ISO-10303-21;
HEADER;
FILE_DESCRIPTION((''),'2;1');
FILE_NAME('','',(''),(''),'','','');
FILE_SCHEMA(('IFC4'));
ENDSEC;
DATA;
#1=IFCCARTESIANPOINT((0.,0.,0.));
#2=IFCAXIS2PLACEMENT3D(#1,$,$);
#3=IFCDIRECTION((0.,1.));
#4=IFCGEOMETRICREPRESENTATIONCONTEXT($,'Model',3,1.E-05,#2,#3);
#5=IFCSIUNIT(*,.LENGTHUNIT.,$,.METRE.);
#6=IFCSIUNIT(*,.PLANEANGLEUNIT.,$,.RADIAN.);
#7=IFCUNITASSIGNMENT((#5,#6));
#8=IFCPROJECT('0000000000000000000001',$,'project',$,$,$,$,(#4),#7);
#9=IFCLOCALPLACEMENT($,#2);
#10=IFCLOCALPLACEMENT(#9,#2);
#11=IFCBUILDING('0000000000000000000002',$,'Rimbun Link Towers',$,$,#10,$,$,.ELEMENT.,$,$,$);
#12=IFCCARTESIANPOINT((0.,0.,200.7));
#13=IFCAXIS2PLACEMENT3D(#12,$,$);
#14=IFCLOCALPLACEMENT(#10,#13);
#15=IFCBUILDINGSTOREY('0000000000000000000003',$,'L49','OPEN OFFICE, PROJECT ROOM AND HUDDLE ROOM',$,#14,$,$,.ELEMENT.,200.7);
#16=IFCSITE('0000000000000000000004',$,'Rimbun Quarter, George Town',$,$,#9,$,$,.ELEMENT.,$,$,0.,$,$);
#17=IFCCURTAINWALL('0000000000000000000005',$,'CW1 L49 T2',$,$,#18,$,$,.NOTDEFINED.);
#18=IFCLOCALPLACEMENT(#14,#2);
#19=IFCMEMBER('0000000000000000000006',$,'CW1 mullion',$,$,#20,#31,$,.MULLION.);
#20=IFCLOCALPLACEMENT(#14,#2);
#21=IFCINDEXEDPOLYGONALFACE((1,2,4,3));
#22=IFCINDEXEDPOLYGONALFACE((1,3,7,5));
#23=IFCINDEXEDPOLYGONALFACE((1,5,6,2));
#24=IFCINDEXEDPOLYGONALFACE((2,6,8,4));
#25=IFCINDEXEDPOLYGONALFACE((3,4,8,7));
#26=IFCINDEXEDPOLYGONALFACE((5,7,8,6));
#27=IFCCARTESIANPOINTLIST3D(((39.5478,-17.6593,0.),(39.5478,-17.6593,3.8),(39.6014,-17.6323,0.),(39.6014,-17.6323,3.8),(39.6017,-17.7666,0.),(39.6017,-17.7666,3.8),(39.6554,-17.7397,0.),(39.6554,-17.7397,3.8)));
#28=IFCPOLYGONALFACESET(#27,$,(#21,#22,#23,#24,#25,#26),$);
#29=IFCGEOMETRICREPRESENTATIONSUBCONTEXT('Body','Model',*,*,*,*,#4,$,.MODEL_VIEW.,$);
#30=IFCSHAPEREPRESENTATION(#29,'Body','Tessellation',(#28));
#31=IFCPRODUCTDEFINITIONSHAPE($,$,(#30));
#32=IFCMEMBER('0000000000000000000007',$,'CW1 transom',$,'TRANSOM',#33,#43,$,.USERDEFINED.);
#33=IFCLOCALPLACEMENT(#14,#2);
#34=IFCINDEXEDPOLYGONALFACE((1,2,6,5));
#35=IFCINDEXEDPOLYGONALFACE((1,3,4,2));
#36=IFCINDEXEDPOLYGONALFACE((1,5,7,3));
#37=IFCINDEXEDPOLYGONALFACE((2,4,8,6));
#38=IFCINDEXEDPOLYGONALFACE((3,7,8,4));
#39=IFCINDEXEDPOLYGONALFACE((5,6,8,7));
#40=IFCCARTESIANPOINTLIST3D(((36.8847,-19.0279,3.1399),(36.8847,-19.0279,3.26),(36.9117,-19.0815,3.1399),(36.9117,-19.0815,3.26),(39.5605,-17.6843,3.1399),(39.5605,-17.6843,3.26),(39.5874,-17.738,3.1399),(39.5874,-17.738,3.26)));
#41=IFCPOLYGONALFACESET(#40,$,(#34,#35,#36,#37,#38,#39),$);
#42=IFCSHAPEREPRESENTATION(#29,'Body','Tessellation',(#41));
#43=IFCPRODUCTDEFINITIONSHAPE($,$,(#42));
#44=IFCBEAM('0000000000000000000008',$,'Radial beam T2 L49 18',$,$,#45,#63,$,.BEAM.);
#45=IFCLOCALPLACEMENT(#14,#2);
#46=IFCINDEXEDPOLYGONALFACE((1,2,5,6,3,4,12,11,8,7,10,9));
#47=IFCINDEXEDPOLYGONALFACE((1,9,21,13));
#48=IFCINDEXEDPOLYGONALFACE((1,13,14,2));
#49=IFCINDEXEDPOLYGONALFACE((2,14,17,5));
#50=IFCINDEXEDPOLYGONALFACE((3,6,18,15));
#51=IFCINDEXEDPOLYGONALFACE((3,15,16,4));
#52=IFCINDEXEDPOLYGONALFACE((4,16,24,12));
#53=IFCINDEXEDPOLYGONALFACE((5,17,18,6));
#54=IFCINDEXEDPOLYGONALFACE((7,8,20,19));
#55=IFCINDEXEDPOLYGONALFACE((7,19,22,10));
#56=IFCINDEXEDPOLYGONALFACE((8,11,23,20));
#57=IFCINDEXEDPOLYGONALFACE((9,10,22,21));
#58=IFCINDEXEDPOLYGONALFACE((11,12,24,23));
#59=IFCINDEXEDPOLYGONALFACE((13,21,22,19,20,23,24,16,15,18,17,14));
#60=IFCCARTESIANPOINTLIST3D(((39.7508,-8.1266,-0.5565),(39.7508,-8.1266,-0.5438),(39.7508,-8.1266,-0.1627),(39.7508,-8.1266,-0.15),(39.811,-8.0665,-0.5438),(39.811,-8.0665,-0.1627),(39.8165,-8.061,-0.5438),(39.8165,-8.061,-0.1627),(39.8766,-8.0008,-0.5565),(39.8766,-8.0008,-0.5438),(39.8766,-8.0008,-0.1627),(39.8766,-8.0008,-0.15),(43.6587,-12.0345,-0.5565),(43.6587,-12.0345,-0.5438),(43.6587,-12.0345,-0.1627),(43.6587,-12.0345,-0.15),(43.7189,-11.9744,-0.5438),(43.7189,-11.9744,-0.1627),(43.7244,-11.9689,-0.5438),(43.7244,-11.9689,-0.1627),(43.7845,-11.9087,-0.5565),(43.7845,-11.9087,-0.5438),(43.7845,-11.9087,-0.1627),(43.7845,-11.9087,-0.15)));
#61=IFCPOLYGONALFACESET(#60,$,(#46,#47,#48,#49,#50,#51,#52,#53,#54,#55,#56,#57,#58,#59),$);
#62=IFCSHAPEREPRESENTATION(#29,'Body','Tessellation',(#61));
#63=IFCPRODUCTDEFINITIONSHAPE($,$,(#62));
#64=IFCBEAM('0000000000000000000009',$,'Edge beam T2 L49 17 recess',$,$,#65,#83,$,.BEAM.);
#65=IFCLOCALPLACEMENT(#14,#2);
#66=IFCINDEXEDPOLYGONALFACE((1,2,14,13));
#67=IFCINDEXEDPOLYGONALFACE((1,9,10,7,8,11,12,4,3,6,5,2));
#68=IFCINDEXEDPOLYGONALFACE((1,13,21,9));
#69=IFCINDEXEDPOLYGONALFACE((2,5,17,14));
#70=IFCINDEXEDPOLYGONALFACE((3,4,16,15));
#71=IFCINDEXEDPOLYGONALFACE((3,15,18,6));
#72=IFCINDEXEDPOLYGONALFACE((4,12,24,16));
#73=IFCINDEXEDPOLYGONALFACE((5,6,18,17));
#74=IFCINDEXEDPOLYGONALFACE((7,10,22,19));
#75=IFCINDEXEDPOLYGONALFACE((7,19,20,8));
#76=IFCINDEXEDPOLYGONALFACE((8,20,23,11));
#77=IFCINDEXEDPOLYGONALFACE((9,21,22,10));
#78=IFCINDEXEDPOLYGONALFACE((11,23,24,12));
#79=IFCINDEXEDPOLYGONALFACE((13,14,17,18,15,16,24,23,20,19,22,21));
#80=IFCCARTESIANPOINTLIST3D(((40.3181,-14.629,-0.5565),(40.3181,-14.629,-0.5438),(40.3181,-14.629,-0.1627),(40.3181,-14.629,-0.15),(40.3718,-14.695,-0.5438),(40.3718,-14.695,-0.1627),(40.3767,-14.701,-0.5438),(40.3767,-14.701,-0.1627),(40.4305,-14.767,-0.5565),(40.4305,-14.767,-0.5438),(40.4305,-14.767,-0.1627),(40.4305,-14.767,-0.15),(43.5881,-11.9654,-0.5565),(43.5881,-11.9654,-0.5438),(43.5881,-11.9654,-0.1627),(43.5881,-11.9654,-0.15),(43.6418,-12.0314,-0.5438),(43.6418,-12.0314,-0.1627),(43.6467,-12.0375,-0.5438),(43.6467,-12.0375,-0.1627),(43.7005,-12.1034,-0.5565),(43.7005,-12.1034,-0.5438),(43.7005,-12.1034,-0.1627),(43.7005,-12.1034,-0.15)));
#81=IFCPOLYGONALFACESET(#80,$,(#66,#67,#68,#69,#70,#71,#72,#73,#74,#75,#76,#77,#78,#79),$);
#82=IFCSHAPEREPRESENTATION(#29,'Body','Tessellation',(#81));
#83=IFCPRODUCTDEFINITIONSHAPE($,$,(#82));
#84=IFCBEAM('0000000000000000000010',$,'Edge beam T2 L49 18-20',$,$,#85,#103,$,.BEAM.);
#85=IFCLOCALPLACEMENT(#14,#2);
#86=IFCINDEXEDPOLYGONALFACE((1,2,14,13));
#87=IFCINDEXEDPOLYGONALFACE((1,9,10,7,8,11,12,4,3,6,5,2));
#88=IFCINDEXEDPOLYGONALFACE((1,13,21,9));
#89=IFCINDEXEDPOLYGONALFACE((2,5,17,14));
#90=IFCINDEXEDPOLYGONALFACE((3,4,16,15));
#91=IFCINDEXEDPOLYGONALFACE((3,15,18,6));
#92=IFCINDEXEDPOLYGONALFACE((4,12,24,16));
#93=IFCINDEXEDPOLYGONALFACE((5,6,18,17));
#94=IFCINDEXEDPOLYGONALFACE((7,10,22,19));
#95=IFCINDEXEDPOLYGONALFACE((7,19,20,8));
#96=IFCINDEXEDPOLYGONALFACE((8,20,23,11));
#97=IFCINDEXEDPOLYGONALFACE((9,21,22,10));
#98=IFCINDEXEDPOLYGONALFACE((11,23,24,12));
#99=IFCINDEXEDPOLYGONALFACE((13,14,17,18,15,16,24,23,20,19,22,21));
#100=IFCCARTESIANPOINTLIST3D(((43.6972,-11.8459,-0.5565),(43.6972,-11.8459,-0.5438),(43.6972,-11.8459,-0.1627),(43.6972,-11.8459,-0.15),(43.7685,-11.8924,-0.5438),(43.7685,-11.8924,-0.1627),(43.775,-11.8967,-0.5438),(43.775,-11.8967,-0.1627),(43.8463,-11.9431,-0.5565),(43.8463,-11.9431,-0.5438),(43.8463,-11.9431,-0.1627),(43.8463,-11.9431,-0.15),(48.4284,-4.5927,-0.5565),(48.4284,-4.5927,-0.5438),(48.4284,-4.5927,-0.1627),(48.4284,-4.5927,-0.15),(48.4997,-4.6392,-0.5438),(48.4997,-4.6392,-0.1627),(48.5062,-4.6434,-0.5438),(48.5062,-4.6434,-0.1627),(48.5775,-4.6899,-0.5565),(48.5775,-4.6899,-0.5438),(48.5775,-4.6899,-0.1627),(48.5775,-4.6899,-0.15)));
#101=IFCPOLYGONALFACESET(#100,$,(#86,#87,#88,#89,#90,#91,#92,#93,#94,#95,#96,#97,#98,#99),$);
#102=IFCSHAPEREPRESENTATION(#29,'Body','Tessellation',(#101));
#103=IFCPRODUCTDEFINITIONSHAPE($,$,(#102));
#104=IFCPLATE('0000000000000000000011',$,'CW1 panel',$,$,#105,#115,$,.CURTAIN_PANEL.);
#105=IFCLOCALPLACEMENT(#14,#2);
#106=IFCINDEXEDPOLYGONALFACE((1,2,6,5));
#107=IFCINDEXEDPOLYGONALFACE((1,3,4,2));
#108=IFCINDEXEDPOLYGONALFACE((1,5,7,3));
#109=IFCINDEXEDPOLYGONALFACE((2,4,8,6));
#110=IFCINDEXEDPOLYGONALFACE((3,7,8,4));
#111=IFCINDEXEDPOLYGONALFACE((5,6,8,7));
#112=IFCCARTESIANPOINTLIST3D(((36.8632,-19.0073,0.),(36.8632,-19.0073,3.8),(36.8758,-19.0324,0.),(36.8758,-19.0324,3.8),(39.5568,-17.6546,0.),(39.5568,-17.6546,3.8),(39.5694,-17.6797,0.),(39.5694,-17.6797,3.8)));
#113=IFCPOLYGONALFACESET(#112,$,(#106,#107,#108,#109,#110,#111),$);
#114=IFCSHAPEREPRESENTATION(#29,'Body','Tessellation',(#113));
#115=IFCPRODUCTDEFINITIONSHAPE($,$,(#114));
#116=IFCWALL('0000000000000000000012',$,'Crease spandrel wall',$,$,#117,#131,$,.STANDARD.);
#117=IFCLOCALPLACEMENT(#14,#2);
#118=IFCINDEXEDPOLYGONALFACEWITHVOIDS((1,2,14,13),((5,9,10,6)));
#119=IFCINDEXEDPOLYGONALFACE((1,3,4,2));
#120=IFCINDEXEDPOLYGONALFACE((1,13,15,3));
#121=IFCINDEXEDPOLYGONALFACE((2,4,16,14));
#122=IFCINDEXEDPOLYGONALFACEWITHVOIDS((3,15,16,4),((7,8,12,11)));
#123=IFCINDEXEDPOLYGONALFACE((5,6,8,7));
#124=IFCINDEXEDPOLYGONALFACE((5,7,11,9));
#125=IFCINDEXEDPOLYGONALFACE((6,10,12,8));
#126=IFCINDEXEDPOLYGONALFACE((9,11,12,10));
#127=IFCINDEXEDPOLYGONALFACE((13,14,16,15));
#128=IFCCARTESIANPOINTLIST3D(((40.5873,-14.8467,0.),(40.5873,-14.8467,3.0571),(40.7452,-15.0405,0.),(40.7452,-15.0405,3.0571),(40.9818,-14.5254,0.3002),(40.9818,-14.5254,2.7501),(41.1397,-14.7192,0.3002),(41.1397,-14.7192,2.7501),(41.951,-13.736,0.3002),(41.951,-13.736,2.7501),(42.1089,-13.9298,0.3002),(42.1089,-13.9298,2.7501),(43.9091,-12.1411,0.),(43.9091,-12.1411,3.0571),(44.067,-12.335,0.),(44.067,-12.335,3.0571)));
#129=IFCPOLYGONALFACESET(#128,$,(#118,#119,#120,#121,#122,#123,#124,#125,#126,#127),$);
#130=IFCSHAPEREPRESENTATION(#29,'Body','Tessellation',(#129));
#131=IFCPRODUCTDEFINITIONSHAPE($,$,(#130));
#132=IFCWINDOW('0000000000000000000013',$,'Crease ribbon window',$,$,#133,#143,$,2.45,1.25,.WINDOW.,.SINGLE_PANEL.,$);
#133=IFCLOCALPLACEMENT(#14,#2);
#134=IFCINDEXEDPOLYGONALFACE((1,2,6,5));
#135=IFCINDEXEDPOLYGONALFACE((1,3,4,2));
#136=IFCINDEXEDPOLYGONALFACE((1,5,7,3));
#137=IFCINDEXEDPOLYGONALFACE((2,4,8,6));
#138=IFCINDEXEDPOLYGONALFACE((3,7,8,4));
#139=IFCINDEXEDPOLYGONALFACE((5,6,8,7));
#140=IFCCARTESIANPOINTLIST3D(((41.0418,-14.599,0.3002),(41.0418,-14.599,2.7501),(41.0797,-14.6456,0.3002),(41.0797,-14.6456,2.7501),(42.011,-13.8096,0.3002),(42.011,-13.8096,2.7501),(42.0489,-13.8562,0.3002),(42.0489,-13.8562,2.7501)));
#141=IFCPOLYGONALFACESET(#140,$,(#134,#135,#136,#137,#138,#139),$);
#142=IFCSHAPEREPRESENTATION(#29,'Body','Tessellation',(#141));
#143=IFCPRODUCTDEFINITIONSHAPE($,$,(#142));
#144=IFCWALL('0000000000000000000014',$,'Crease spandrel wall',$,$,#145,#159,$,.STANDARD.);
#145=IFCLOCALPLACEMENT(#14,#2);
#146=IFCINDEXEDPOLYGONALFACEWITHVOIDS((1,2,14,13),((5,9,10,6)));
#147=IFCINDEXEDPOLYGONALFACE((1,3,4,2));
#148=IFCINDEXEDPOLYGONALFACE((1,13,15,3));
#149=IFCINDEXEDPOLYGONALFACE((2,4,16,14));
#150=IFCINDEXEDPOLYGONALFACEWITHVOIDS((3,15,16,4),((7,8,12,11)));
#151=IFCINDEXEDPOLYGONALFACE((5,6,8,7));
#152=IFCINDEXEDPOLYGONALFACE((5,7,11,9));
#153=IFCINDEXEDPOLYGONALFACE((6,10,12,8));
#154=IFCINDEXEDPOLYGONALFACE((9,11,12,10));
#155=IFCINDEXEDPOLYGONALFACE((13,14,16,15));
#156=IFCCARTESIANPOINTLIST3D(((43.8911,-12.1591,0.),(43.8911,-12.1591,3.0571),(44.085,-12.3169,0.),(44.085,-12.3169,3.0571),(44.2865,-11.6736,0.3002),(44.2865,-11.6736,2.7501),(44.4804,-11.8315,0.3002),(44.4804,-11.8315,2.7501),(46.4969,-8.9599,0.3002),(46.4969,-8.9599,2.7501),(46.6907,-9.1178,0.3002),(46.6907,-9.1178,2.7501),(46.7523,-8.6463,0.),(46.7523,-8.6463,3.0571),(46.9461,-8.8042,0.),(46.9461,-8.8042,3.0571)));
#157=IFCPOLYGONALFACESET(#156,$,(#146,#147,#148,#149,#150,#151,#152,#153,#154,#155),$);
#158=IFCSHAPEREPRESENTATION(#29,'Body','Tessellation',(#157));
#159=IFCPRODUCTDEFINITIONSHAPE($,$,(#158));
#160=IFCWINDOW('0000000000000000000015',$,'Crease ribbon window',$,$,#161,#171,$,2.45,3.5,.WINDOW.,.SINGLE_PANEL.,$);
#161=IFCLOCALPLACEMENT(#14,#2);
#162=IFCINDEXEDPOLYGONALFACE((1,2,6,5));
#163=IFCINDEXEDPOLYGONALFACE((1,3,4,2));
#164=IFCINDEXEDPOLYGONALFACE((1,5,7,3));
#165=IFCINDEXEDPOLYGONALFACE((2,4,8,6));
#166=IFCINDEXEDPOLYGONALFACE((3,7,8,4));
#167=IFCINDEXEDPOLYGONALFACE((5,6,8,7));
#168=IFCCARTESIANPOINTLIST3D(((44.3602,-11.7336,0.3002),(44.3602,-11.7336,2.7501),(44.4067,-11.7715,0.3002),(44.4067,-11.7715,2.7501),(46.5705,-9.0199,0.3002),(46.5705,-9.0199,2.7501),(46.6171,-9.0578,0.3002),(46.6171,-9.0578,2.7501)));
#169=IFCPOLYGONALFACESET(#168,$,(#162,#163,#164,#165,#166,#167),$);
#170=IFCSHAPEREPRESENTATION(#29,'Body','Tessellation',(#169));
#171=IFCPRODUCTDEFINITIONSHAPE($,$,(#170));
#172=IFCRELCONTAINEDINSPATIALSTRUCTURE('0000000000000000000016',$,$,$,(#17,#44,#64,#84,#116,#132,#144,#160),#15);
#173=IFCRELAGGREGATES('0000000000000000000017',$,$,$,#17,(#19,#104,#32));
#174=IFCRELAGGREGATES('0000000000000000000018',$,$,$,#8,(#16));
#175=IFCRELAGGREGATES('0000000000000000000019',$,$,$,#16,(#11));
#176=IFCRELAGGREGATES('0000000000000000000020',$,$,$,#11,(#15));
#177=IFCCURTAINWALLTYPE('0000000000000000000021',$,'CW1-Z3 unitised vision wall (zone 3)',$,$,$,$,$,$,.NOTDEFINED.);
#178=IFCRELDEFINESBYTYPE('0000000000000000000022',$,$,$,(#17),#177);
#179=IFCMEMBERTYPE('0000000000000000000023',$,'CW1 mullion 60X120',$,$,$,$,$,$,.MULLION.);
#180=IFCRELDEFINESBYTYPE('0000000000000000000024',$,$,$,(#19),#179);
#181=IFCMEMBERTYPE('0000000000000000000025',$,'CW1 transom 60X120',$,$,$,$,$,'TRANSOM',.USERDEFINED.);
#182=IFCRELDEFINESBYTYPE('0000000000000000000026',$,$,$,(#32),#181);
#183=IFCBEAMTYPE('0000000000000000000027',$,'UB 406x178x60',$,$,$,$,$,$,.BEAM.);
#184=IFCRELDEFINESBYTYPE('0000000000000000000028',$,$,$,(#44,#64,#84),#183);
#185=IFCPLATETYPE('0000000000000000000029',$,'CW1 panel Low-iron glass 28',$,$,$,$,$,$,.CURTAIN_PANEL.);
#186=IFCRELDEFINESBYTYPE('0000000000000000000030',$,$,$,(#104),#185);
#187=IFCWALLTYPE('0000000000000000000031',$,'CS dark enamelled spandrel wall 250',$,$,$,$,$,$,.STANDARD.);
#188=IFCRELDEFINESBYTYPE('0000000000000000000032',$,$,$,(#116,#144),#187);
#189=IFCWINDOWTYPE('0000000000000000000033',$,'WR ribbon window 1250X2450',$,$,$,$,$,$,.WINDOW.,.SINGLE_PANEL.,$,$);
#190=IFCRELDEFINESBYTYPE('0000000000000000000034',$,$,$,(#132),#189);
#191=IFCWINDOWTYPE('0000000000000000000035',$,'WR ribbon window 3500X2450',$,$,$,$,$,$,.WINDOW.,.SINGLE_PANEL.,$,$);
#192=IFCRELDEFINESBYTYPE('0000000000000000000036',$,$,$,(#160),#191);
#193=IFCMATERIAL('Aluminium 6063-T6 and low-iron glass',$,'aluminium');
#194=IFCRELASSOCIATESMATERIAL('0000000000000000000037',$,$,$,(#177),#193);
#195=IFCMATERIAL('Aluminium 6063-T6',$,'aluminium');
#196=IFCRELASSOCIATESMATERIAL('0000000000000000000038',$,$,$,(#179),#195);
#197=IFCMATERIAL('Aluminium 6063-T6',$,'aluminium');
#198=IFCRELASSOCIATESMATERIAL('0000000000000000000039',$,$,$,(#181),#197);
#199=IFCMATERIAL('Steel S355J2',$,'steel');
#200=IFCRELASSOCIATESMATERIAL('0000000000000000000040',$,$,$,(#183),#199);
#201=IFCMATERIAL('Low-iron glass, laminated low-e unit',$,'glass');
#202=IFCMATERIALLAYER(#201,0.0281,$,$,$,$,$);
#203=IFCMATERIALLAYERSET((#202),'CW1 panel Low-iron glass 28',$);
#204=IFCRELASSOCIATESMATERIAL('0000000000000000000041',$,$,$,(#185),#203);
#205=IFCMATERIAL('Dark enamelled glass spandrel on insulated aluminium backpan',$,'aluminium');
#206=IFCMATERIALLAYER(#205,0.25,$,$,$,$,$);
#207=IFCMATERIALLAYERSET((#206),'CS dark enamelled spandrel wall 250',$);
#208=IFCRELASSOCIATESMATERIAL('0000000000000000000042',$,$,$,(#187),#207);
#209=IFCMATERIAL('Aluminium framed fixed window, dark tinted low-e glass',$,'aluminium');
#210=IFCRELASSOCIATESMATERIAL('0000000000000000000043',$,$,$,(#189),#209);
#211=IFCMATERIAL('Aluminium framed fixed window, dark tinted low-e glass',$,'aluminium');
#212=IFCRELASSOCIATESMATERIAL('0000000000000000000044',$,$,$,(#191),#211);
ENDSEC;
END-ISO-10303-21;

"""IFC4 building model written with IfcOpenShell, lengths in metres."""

from ifc_helpers import new_model, si_unit, direction, frame, frame_2d, origin, origin_2d, place, context, subcontext, project, spatial, rectangle, i_section, extrude, material, layer, layer_set, material_profile, profile_set, type_object, element, fill, aggregate, save


model = new_model("IFC4")

# Units and contexts
model_context = context("Model", 3, precision=1e-05, world=origin(), true_north=direction((0.0, 1.0)))
body_context = subcontext(model_context, "Body", "Model", "MODEL_VIEW")
ifc_project = project(units=[si_unit("LENGTHUNIT", "METRE"), si_unit("PLANEANGLEUNIT", "RADIAN")], contexts=[model_context])

# Site, building, storey
site_placement = place(None, origin())
site = spatial("IfcSite", under=ifc_project, at=site_placement, Name="Rimbun Quarter, George Town", CompositionType="ELEMENT", RefElevation=0.0)
building_placement = place(site_placement, origin())
building = spatial("IfcBuilding", under=site, at=building_placement, Name="Rimbun Link Towers", CompositionType="ELEMENT")
storey_placement = place(building_placement, frame((0.0, 0.0, 200.7)))
storey = spatial("IfcBuildingStorey", under=building, at=storey_placement, Name="L49", Description="OPEN OFFICE, PROJECT ROOM AND HUDDLE ROOM", CompositionType="ELEMENT", Elevation=200.7)

# Curtain wall, members
ifc_material_1 = material(Name="Aluminium 6063-T6 and low-iron glass", Category="aluminium")
curtain_wall_type = type_object("IfcCurtainWallType", Name="CW1-Z3 unitised vision wall (zone 3)", PredefinedType="NOTDEFINED", material=ifc_material_1)
curtain_wall_placement = place(storey_placement, origin())
curtain_wall = element("IfcCurtainWall", 1, at=curtain_wall_placement, inside=storey, type_object=curtain_wall_type, Name="CW1 L49 T2", PredefinedType="NOTDEFINED")
ifc_material_2 = material(Name="Aluminium 6063-T6", Category="aluminium")
ifc_material_profile_1 = material_profile(ifc_material_2, rectangle(XDim=0.1201, YDim=0.0601, at=origin_2d()), Name="MULLION 60X120")
ifc_profile_set_1 = profile_set([ifc_material_profile_1], Name="Aluminium 6063-T6")
member_type_1 = type_object("IfcMemberType", Name="CW1 mullion 60X120", PredefinedType="MULLION", material=ifc_profile_set_1)
member_1_placement = place(storey_placement, frame((39.6016, -17.6995, 0.0), z_axis=(0.0, 0.0, 1.0), x_axis=(0.448772, -0.893646, 0.0)))
member_1 = element("IfcMember", 2, at=member_1_placement, type_object=member_type_1, Name="CW1 mullion", PredefinedType="MULLION", context=body_context, shape_type="SweptSolid", body=[
    extrude(rectangle(XDim=0.1201, YDim=0.0601, at=origin_2d()), origin(), (0.0, 0.0, 1.0), 3.8),
])
ifc_material_3 = material(Name="Aluminium 6063-T6", Category="aluminium")
ifc_material_profile_2 = material_profile(ifc_material_3, rectangle(XDim=0.0601, YDim=0.1201, at=origin_2d()), Name="TRANSOM 60X120")
ifc_profile_set_2 = profile_set([ifc_material_profile_2], Name="Aluminium 6063-T6")
member_type_2 = type_object("IfcMemberType", Name="CW1 transom 60X120", ElementType="TRANSOM", PredefinedType="USERDEFINED", material=ifc_profile_set_2)
member_2_placement = place(storey_placement, frame((39.574, -17.7112, 3.2), z_axis=(-0.893676, -0.448713, 0.0), x_axis=(0.448713, -0.893676, 0.0)))
member_2 = element("IfcMember", 3, at=member_2_placement, type_object=member_type_2, Name="CW1 transom", ObjectType="TRANSOM", PredefinedType="USERDEFINED", context=body_context, shape_type="SweptSolid", body=[
    extrude(rectangle(XDim=0.0601, YDim=0.1201, at=origin_2d()), origin(), (0.0, 0.0, 1.0), 2.9941),
])

# Beams
ifc_material_4 = material(Name="Steel S355J2", Category="steel")
ifc_material_profile_3 = material_profile(ifc_material_4, i_section(OverallWidth=0.178, OverallDepth=0.4065, WebThickness=0.0078, FlangeThickness=0.0127, at=origin_2d()), Name="UB 406x178x60")
ifc_profile_set_3 = profile_set([ifc_material_profile_3], Name="Steel S355J2")
beam_type = type_object("IfcBeamType", Name="UB 406x178x60", PredefinedType="BEAM", material=ifc_profile_set_3)
beam_1_placement = place(storey_placement, frame((39.8137, -8.0637, -0.3533), z_axis=(0.707107, -0.707107, 0.0), x_axis=(0.707107, 0.707107, 0.0)))
element("IfcBeam", 4, at=beam_1_placement, inside=storey, type_object=beam_type, Name="Radial beam T2 L49 18", PredefinedType="BEAM", context=body_context, shape_type="SweptSolid", body=[
    extrude(i_section(OverallWidth=0.178, OverallDepth=0.4065, WebThickness=0.0078, FlangeThickness=0.0127, at=origin_2d()), origin(), (0.0, 0.0, 1.0), 5.5266),
])
beam_2_placement = place(storey_placement, frame((40.3743, -14.698, -0.3533), z_axis=(0.775338, 0.631547, 0.0), x_axis=(-0.631547, 0.775338, 0.0)))
element("IfcBeam", 5, at=beam_2_placement, inside=storey, type_object=beam_type, Name="Edge beam T2 L49 17 recess", PredefinedType="BEAM", context=body_context, shape_type="SweptSolid", body=[
    extrude(i_section(OverallWidth=0.178, OverallDepth=0.4065, WebThickness=0.0078, FlangeThickness=0.0127, at=origin_2d()), origin(), (0.0, 0.0, 1.0), 4.2175),
])
beam_3_placement = place(storey_placement, frame((43.7717, -11.8945, -0.3533), z_axis=(0.546338, 0.837565, 0.0), x_axis=(-0.837565, 0.546338, 0.0)))
element("IfcBeam", 6, at=beam_3_placement, inside=storey, type_object=beam_type, Name="Edge beam T2 L49 18-20", PredefinedType="BEAM", context=body_context, shape_type="SweptSolid", body=[
    extrude(i_section(OverallWidth=0.178, OverallDepth=0.4065, WebThickness=0.0078, FlangeThickness=0.0127, at=origin_2d()), origin(), (0.0, 0.0, 1.0), 8.6599),
])

# Plate
ifc_material_5 = material(Name="Low-iron glass, laminated low-e unit", Category="glass")
ifc_layer_1 = layer(ifc_material_5, 0.0281)
ifc_layer_set_1 = layer_set([ifc_layer_1], Name="CW1 panel Low-iron glass 28")
plate_type = type_object("IfcPlateType", Name="CW1 panel Low-iron glass 28", PredefinedType="CURTAIN_PANEL", material=ifc_layer_set_1)
plate_placement = place(storey_placement, frame((38.2163, -18.3435, 0.0), z_axis=(0.0, 0.0, 1.0), x_axis=(-0.893646, -0.448772, 0.0)))
plate = element("IfcPlate", 7, at=plate_placement, type_object=plate_type, Name="CW1 panel", PredefinedType="CURTAIN_PANEL", context=body_context, shape_type="SweptSolid", body=[
    extrude(rectangle(XDim=3.0142, YDim=0.0281, at=origin_2d()), origin(), (0.0, 0.0, 1.0), 3.8),
])
aggregate(curtain_wall, [member_1, plate, member_2])

# Walls, openings, windows
ifc_material_6 = material(Name="Dark enamelled glass spandrel on insulated aluminium backpan", Category="aluminium")
ifc_layer_2 = layer(ifc_material_6, 0.25)
ifc_layer_set_2 = layer_set([ifc_layer_2], Name="CS dark enamelled spandrel wall 250")
wall_type_1 = type_object("IfcWallType", Name="CS dark enamelled spandrel wall 250", PredefinedType="STANDARD", material=ifc_layer_set_2)
wall_1_placement = place(storey_placement, frame((43.988, -12.238, 0.0), z_axis=(0.0, 0.0, 1.0), x_axis=(-0.775357, -0.631523, 0.0)))
wall_1 = element("IfcWall", 8, at=wall_1_placement, inside=storey, type_object=wall_type_1, Name="Crease spandrel wall", PredefinedType="STANDARD", context=body_context, shape_type="SweptSolid", body=[
    extrude(rectangle(XDim=4.2842, YDim=0.25, at=frame_2d((2.1421, 0.0))), origin(), (0.0, 0.0, 1.0), 3.0571),
])
opening_1_placement = place(wall_1_placement, frame((2.5254, 0.0, 0.3)))
opening_1 = element("IfcOpeningElement", 9, at=opening_1_placement, cuts=wall_1, PredefinedType="OPENING", context=body_context, shape_type="SweptSolid", body=[
    extrude(rectangle(XDim=1.25, YDim=2.45, at=frame_2d((0.625, 1.2251))), frame((0.0, 0.135, 0.0), z_axis=(0.0, -1.0, 0.0), x_axis=(1.0, 0.0, 0.0)), (0.0, 0.0, 1.0), 0.27),
])
ifc_material_7 = material(Name="Aluminium framed fixed window, dark tinted low-e glass", Category="aluminium")
window_type_1 = type_object("IfcWindowType", Name="WR ribbon window 1250X2450", PartitioningType="SINGLE_PANEL", PredefinedType="WINDOW", material=ifc_material_7)
window_1_placement = place(opening_1_placement, origin())
window_1 = element("IfcWindow", 10, at=window_1_placement, inside=storey, type_object=window_type_1, Name="Crease ribbon window", OverallHeight=2.45, OverallWidth=1.25, PartitioningType="SINGLE_PANEL", PredefinedType="WINDOW", context=body_context, shape_type="SweptSolid", body=[
    extrude(rectangle(XDim=1.25, YDim=2.45, at=frame_2d((0.625, 1.2251))), frame((0.0, 0.03, 0.0), z_axis=(0.0, -1.0, 0.0), x_axis=(1.0, 0.0, 0.0)), (0.0, 0.0, 1.0), 0.0601),
])
fill(opening_1, window_1)
wall_2_placement = place(storey_placement, frame((46.8491, -8.7253, 0.0), z_axis=(0.0, 0.0, 1.0), x_axis=(-0.631525, -0.775355, 0.0)))
wall_2 = element("IfcWall", 11, at=wall_2_placement, inside=storey, type_object=wall_type_1, Name="Crease spandrel wall", PredefinedType="STANDARD", context=body_context, shape_type="SweptSolid", body=[
    extrude(rectangle(XDim=4.5305, YDim=0.25, at=frame_2d((2.2651, 0.0))), origin(), (0.0, 0.0, 1.0), 3.0571),
])
opening_2_placement = place(wall_2_placement, frame((0.4043, 0.0, 0.3)))
opening_2 = element("IfcOpeningElement", 12, at=opening_2_placement, cuts=wall_2, PredefinedType="OPENING", context=body_context, shape_type="SweptSolid", body=[
    extrude(rectangle(XDim=3.5, YDim=2.45, at=frame_2d((1.75, 1.2251))), frame((0.0, 0.135, 0.0), z_axis=(0.0, -1.0, 0.0), x_axis=(1.0, 0.0, 0.0)), (0.0, 0.0, 1.0), 0.27),
])
ifc_material_8 = material(Name="Aluminium framed fixed window, dark tinted low-e glass", Category="aluminium")
window_type_2 = type_object("IfcWindowType", Name="WR ribbon window 3500X2450", PartitioningType="SINGLE_PANEL", PredefinedType="WINDOW", material=ifc_material_8)
window_2_placement = place(opening_2_placement, origin())
window_2 = element("IfcWindow", 13, at=window_2_placement, inside=storey, type_object=window_type_2, Name="Crease ribbon window", OverallHeight=2.45, OverallWidth=3.5, PartitioningType="SINGLE_PANEL", PredefinedType="WINDOW", context=body_context, shape_type="SweptSolid", body=[
    extrude(rectangle(XDim=3.5, YDim=2.45, at=frame_2d((1.75, 1.2251))), frame((0.0, 0.03, 0.0), z_axis=(0.0, -1.0, 0.0), x_axis=(1.0, 0.0, 0.0)), (0.0, 0.0, 1.0), 0.0601),
])
fill(opening_2, window_2)

save(model, "model.ifc")
